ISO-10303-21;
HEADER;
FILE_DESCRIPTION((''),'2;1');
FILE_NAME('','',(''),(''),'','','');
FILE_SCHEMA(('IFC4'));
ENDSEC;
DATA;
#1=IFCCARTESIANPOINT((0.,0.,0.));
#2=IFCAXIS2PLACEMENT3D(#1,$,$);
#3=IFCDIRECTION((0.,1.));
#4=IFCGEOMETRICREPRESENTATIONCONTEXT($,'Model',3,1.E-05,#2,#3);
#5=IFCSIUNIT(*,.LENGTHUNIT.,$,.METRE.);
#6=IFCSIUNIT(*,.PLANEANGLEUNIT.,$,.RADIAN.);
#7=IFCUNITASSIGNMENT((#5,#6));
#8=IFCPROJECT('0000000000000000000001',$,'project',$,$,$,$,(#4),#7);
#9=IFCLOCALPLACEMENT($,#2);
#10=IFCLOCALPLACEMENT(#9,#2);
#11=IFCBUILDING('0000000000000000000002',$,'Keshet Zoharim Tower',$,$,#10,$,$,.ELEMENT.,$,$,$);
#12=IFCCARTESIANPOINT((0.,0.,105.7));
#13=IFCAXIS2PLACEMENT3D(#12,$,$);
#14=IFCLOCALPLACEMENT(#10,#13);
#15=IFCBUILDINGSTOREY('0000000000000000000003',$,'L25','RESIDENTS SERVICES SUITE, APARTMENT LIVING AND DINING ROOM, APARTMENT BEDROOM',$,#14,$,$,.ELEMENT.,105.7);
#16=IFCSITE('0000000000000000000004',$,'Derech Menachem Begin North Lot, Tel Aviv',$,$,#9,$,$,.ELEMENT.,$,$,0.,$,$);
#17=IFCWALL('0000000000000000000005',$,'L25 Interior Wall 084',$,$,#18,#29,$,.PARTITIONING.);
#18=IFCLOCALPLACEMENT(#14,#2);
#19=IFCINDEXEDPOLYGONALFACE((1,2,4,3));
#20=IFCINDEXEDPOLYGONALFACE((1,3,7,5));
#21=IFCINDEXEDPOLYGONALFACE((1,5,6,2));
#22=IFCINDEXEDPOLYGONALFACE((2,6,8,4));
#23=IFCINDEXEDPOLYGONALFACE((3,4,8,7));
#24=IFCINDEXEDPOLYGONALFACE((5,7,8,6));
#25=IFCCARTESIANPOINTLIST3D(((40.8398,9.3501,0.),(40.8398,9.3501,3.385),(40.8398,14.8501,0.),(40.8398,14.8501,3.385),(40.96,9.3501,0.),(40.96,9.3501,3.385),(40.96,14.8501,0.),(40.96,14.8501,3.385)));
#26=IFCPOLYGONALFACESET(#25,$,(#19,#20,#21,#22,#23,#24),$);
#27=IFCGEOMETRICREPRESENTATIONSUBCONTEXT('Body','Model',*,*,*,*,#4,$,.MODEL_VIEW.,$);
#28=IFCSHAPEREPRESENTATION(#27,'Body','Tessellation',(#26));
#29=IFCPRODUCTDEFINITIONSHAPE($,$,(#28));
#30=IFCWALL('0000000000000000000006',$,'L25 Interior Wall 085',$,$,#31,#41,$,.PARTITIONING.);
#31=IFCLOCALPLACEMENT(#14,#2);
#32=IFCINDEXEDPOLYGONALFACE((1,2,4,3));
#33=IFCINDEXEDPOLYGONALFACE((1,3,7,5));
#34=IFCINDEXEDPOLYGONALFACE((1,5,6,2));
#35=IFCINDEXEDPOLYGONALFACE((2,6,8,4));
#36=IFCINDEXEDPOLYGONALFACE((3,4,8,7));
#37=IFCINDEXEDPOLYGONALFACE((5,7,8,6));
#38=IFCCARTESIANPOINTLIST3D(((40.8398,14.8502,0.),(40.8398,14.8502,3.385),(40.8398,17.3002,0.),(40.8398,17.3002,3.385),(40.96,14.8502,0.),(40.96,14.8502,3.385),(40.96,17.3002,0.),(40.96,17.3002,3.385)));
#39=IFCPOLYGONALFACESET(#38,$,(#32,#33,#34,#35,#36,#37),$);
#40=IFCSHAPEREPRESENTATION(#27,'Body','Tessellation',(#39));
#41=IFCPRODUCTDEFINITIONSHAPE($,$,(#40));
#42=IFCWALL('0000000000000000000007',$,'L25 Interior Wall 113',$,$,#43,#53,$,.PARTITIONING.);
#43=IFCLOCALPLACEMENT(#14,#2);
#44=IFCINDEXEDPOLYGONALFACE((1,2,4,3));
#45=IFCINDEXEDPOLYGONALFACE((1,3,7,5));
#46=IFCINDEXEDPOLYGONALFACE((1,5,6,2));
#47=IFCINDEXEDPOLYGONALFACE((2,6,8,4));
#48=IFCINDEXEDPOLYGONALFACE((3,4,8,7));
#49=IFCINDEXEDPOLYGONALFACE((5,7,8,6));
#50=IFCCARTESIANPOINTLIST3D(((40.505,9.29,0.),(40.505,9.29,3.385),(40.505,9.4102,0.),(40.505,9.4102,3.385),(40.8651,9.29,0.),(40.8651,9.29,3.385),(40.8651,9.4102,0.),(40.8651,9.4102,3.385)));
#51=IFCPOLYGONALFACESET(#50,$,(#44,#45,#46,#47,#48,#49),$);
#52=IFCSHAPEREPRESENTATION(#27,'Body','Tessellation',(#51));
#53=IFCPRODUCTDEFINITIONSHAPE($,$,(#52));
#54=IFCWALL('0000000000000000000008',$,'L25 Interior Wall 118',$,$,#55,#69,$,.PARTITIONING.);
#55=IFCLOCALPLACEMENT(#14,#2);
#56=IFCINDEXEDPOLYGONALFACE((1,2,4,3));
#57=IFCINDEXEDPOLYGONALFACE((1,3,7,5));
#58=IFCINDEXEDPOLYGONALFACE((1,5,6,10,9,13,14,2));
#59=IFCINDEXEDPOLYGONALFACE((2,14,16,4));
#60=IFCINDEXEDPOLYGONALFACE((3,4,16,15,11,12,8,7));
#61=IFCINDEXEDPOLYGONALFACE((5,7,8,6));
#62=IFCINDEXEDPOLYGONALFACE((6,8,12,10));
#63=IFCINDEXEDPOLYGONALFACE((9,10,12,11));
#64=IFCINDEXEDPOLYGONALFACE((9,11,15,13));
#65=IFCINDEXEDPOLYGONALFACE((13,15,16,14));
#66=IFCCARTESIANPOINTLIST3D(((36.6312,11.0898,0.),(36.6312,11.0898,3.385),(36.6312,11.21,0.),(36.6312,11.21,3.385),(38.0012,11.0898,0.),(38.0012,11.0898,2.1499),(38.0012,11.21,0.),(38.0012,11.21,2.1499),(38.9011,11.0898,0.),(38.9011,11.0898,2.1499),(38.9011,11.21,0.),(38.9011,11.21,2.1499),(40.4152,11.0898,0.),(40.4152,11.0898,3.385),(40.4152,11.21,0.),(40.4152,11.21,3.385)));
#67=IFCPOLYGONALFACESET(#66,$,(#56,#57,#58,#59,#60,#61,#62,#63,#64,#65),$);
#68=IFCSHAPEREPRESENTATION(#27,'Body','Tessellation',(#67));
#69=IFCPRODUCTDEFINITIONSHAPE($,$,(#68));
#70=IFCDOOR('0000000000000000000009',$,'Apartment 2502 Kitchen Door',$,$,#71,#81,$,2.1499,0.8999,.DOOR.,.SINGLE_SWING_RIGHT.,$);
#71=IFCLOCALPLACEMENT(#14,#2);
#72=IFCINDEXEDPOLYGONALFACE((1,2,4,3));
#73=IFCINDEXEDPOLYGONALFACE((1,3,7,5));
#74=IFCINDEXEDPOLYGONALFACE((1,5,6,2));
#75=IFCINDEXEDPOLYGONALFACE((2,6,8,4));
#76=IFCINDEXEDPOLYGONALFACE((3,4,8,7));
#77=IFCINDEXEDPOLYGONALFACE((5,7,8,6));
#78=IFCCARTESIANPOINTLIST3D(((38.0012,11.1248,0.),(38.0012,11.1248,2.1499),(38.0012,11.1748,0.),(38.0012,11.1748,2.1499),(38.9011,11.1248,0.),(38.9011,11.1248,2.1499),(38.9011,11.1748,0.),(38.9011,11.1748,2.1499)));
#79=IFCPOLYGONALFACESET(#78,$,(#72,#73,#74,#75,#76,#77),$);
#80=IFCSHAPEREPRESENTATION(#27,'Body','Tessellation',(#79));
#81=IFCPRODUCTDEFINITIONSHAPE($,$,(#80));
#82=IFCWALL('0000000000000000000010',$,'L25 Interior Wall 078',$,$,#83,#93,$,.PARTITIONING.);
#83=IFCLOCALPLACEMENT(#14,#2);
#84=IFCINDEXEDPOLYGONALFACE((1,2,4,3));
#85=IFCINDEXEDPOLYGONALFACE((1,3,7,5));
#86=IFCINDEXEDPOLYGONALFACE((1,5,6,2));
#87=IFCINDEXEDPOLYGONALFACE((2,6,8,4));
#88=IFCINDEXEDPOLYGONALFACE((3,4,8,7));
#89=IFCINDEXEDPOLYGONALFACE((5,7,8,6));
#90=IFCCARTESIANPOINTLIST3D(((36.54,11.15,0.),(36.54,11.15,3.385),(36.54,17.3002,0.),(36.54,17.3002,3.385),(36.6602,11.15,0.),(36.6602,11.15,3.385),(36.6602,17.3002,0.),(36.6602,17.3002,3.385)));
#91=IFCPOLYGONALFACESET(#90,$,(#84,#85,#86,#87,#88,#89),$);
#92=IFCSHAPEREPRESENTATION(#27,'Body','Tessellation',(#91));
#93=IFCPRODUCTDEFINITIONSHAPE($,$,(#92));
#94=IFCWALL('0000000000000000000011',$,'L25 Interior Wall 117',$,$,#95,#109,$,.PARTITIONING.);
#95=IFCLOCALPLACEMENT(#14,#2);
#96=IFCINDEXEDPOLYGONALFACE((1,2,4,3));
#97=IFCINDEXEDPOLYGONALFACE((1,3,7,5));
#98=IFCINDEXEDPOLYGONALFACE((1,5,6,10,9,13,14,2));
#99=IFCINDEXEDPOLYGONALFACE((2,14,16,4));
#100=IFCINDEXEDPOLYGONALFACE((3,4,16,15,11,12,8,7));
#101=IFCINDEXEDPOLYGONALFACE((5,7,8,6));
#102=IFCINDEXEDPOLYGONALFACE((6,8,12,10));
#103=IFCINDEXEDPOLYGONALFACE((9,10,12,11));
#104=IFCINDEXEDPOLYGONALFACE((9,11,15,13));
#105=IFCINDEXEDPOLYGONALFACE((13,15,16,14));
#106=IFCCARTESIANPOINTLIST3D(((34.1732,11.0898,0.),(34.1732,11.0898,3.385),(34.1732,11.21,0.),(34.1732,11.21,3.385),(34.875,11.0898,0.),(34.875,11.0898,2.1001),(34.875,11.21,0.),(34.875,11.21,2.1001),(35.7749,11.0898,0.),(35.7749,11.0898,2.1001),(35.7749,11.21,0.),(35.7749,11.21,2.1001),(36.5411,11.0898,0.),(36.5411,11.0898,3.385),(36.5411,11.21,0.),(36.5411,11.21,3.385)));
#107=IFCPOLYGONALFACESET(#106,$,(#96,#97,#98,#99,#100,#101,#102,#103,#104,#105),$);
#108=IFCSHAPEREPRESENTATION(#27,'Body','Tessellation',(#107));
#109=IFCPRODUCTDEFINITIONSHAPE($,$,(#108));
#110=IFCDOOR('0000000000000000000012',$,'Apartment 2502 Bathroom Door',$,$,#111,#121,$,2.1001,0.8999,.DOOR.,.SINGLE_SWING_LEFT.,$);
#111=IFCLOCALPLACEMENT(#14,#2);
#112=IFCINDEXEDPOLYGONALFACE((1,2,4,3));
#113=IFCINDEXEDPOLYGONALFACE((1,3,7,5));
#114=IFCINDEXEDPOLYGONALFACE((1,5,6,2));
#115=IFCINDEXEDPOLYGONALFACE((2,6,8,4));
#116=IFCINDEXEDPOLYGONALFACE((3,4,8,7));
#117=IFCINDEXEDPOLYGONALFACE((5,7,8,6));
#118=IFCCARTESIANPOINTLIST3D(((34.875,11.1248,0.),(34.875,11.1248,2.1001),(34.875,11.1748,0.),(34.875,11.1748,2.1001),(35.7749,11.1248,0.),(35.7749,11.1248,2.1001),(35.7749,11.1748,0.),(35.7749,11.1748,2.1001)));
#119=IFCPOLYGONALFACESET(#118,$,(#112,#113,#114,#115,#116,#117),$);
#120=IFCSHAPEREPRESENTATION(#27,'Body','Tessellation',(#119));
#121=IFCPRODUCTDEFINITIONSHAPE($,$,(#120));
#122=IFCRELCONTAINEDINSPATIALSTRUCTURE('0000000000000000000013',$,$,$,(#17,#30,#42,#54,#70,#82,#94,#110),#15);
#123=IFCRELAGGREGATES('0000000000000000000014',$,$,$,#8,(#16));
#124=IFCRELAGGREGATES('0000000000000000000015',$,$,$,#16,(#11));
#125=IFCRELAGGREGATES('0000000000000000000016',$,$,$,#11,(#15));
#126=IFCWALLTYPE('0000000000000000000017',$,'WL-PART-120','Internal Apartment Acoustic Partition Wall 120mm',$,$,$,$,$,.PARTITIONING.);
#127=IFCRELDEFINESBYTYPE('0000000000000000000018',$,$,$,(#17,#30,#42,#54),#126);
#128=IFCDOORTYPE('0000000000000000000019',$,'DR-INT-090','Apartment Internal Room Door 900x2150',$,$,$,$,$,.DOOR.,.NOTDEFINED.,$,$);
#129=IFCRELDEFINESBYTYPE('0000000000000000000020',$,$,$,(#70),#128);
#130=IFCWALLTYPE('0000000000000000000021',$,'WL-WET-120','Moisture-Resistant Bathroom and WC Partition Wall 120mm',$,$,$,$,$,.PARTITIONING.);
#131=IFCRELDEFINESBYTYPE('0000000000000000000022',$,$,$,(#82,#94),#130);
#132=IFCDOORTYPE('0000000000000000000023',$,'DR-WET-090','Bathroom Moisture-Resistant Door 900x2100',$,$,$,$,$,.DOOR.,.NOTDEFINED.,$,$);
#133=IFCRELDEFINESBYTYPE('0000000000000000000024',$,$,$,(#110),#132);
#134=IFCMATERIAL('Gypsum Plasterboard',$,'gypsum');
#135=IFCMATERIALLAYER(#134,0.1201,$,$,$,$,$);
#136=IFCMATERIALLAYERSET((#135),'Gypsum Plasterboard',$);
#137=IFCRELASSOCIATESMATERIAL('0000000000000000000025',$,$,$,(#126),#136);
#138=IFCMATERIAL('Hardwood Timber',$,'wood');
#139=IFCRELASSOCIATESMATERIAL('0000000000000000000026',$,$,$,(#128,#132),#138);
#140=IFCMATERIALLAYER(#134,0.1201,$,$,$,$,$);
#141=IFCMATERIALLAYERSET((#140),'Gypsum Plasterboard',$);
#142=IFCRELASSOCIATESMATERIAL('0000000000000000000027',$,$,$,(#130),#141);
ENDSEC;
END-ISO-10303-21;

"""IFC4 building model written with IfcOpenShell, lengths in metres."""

from ifc_helpers import new_model, si_unit, direction, frame, frame_2d, origin, place, context, subcontext, project, spatial, rectangle, extrude, material, layer, layer_set, type_object, element, fill, save


model = new_model("IFC4")

# Units and contexts
model_context = context("Model", 3, precision=1e-05, world=origin(), true_north=direction((0.0, 1.0)))
body_context = subcontext(model_context, "Body", "Model", "MODEL_VIEW")
ifc_project = project(units=[si_unit("LENGTHUNIT", "METRE"), si_unit("PLANEANGLEUNIT", "RADIAN")], contexts=[model_context])

# Site, building, storey
site_placement = place(None, origin())
site = spatial("IfcSite", under=ifc_project, at=site_placement, Name="Derech Menachem Begin North Lot, Tel Aviv", CompositionType="ELEMENT", RefElevation=0.0)
building_placement = place(site_placement, origin())
building = spatial("IfcBuilding", under=site, at=building_placement, Name="Keshet Zoharim Tower", CompositionType="ELEMENT")
storey_placement = place(building_placement, frame((0.0, 0.0, 105.7)))
storey = spatial("IfcBuildingStorey", under=building, at=storey_placement, Name="L25", Description="RESIDENTS SERVICES SUITE, APARTMENT LIVING AND DINING ROOM, APARTMENT BEDROOM", CompositionType="ELEMENT", Elevation=105.7)

# Shared definitions
ifc_material_1 = material(Name="Gypsum Plasterboard", Category="gypsum")

# Shared definitions
ifc_material_2 = material(Name="Hardwood Timber", Category="wood")

# Walls
ifc_layer_1 = layer(ifc_material_1, 0.1201)
ifc_layer_set_1 = layer_set([ifc_layer_1], Name="Gypsum Plasterboard")
wall_type_1 = type_object("IfcWallType", Name="WL-PART-120", Description="Internal Apartment Acoustic Partition Wall 120mm", PredefinedType="PARTITIONING", material=ifc_layer_set_1)
wall_1_placement = place(storey_placement, frame((40.8999, 9.3501, 0.0), z_axis=(0.0, 0.0, 1.0), x_axis=(0.0, 1.0, 0.0)))
element("IfcWall", 1, at=wall_1_placement, inside=storey, type_object=wall_type_1, Name="L25 Interior Wall 084", PredefinedType="PARTITIONING", context=body_context, shape_type="SweptSolid", body=[
    extrude(rectangle(XDim=5.5, YDim=0.1201, at=frame_2d((2.75, 0.0))), origin(), (0.0, 0.0, 1.0), 3.385),
])
wall_2_placement = place(storey_placement, frame((40.8999, 14.8501, 0.0), z_axis=(0.0, 0.0, 1.0), x_axis=(0.0, 1.0, 0.0)))
element("IfcWall", 2, at=wall_2_placement, inside=storey, type_object=wall_type_1, Name="L25 Interior Wall 085", PredefinedType="PARTITIONING", context=body_context, shape_type="SweptSolid", body=[
    extrude(rectangle(XDim=2.45, YDim=0.1201, at=frame_2d((1.2251, 0.0))), origin(), (0.0, 0.0, 1.0), 3.385),
])
wall_3_placement = place(storey_placement, frame((40.5049, 9.3501, 0.0), z_axis=(0.0, 0.0, 1.0), x_axis=(1.0, 0.0, 0.0)))
element("IfcWall", 3, at=wall_3_placement, inside=storey, type_object=wall_type_1, Name="L25 Interior Wall 113", PredefinedType="PARTITIONING", context=body_context, shape_type="SweptSolid", body=[
    extrude(rectangle(XDim=0.3601, YDim=0.1201, at=frame_2d((0.1802, 0.0))), origin(), (0.0, 0.0, 1.0), 3.385),
])

# Wall, opening, door
wall_4_placement = place(storey_placement, frame((36.6311, 11.1499, 0.0), z_axis=(0.0, 0.0, 1.0), x_axis=(1.0, 0.0, 0.0)))
wall_4 = element("IfcWall", 4, at=wall_4_placement, inside=storey, type_object=wall_type_1, Name="L25 Interior Wall 118", PredefinedType="PARTITIONING", context=body_context, shape_type="SweptSolid", body=[
    extrude(rectangle(XDim=3.7839, YDim=0.1201, at=frame_2d((1.8921, 0.0))), origin(), (0.0, 0.0, 1.0), 3.385),
])
opening_1_placement = place(wall_4_placement, frame((1.3701, 0.0, 0.0)))
opening_1 = element("IfcOpeningElement", 5, at=opening_1_placement, cuts=wall_4, PredefinedType="OPENING", context=body_context, shape_type="SweptSolid", body=[
    extrude(rectangle(XDim=0.8999, YDim=2.1499, at=frame_2d((0.45, 1.075))), frame((0.0, 0.0701, 0.0), z_axis=(0.0, -1.0, 0.0), x_axis=(1.0, 0.0, 0.0)), (0.0, 0.0, 1.0), 0.1401),
])
door_type_1 = type_object("IfcDoorType", Name="DR-INT-090", Description="Apartment Internal Room Door 900x2150", OperationType="NOTDEFINED", PredefinedType="DOOR", material=ifc_material_2)
door_1_placement = place(opening_1_placement, origin())
door_1 = element("IfcDoor", 6, at=door_1_placement, inside=storey, type_object=door_type_1, Name="Apartment 2502 Kitchen Door", OperationType="SINGLE_SWING_RIGHT", OverallHeight=2.1499, OverallWidth=0.8999, PredefinedType="DOOR", context=body_context, shape_type="SweptSolid", body=[
    extrude(rectangle(XDim=0.8999, YDim=2.1499, at=frame_2d((0.45, 1.075))), frame((0.0, 0.0249, 0.0), z_axis=(0.0, -1.0, 0.0), x_axis=(1.0, 0.0, 0.0)), (0.0, 0.0, 1.0), 0.05),
])
fill(opening_1, door_1)

# Wall
ifc_layer_2 = layer(ifc_material_1, 0.1201)
ifc_layer_set_2 = layer_set([ifc_layer_2], Name="Gypsum Plasterboard")
wall_type_2 = type_object("IfcWallType", Name="WL-WET-120", Description="Moisture-Resistant Bathroom and WC Partition Wall 120mm", PredefinedType="PARTITIONING", material=ifc_layer_set_2)
wall_5_placement = place(storey_placement, frame((36.6001, 11.1499, 0.0), z_axis=(0.0, 0.0, 1.0), x_axis=(0.0, 1.0, 0.0)))
element("IfcWall", 7, at=wall_5_placement, inside=storey, type_object=wall_type_2, Name="L25 Interior Wall 078", PredefinedType="PARTITIONING", context=body_context, shape_type="SweptSolid", body=[
    extrude(rectangle(XDim=6.1501, YDim=0.1201, at=frame_2d((3.0752, 0.0))), origin(), (0.0, 0.0, 1.0), 3.385),
])

# Wall, opening, door
wall_6_placement = place(storey_placement, frame((34.1731, 11.1499, 0.0), z_axis=(0.0, 0.0, 1.0), x_axis=(1.0, 0.0, 0.0)))
wall_6 = element("IfcWall", 8, at=wall_6_placement, inside=storey, type_object=wall_type_2, Name="L25 Interior Wall 117", PredefinedType="PARTITIONING", context=body_context, shape_type="SweptSolid", body=[
    extrude(rectangle(XDim=2.3679, YDim=0.1201, at=frame_2d((1.1841, 0.0))), origin(), (0.0, 0.0, 1.0), 3.385),
])
opening_2_placement = place(wall_6_placement, frame((0.7019, 0.0, 0.0)))
opening_2 = element("IfcOpeningElement", 9, at=opening_2_placement, cuts=wall_6, PredefinedType="OPENING", context=body_context, shape_type="SweptSolid", body=[
    extrude(rectangle(XDim=0.8999, YDim=2.1001, at=frame_2d((0.45, 1.05))), frame((0.0, 0.0701, 0.0), z_axis=(0.0, -1.0, 0.0), x_axis=(1.0, 0.0, 0.0)), (0.0, 0.0, 1.0), 0.1401),
])
door_type_2 = type_object("IfcDoorType", Name="DR-WET-090", Description="Bathroom Moisture-Resistant Door 900x2100", OperationType="NOTDEFINED", PredefinedType="DOOR", material=ifc_material_2)
door_2_placement = place(opening_2_placement, origin())
door_2 = element("IfcDoor", 10, at=door_2_placement, inside=storey, type_object=door_type_2, Name="Apartment 2502 Bathroom Door", OperationType="SINGLE_SWING_LEFT", OverallHeight=2.1001, OverallWidth=0.8999, PredefinedType="DOOR", context=body_context, shape_type="SweptSolid", body=[
    extrude(rectangle(XDim=0.8999, YDim=2.1001, at=frame_2d((0.45, 1.05))), frame((0.0, 0.0249, 0.0), z_axis=(0.0, -1.0, 0.0), x_axis=(1.0, 0.0, 0.0)), (0.0, 0.0, 1.0), 0.05),
])
fill(opening_2, door_2)

save(model, "model.ifc")
